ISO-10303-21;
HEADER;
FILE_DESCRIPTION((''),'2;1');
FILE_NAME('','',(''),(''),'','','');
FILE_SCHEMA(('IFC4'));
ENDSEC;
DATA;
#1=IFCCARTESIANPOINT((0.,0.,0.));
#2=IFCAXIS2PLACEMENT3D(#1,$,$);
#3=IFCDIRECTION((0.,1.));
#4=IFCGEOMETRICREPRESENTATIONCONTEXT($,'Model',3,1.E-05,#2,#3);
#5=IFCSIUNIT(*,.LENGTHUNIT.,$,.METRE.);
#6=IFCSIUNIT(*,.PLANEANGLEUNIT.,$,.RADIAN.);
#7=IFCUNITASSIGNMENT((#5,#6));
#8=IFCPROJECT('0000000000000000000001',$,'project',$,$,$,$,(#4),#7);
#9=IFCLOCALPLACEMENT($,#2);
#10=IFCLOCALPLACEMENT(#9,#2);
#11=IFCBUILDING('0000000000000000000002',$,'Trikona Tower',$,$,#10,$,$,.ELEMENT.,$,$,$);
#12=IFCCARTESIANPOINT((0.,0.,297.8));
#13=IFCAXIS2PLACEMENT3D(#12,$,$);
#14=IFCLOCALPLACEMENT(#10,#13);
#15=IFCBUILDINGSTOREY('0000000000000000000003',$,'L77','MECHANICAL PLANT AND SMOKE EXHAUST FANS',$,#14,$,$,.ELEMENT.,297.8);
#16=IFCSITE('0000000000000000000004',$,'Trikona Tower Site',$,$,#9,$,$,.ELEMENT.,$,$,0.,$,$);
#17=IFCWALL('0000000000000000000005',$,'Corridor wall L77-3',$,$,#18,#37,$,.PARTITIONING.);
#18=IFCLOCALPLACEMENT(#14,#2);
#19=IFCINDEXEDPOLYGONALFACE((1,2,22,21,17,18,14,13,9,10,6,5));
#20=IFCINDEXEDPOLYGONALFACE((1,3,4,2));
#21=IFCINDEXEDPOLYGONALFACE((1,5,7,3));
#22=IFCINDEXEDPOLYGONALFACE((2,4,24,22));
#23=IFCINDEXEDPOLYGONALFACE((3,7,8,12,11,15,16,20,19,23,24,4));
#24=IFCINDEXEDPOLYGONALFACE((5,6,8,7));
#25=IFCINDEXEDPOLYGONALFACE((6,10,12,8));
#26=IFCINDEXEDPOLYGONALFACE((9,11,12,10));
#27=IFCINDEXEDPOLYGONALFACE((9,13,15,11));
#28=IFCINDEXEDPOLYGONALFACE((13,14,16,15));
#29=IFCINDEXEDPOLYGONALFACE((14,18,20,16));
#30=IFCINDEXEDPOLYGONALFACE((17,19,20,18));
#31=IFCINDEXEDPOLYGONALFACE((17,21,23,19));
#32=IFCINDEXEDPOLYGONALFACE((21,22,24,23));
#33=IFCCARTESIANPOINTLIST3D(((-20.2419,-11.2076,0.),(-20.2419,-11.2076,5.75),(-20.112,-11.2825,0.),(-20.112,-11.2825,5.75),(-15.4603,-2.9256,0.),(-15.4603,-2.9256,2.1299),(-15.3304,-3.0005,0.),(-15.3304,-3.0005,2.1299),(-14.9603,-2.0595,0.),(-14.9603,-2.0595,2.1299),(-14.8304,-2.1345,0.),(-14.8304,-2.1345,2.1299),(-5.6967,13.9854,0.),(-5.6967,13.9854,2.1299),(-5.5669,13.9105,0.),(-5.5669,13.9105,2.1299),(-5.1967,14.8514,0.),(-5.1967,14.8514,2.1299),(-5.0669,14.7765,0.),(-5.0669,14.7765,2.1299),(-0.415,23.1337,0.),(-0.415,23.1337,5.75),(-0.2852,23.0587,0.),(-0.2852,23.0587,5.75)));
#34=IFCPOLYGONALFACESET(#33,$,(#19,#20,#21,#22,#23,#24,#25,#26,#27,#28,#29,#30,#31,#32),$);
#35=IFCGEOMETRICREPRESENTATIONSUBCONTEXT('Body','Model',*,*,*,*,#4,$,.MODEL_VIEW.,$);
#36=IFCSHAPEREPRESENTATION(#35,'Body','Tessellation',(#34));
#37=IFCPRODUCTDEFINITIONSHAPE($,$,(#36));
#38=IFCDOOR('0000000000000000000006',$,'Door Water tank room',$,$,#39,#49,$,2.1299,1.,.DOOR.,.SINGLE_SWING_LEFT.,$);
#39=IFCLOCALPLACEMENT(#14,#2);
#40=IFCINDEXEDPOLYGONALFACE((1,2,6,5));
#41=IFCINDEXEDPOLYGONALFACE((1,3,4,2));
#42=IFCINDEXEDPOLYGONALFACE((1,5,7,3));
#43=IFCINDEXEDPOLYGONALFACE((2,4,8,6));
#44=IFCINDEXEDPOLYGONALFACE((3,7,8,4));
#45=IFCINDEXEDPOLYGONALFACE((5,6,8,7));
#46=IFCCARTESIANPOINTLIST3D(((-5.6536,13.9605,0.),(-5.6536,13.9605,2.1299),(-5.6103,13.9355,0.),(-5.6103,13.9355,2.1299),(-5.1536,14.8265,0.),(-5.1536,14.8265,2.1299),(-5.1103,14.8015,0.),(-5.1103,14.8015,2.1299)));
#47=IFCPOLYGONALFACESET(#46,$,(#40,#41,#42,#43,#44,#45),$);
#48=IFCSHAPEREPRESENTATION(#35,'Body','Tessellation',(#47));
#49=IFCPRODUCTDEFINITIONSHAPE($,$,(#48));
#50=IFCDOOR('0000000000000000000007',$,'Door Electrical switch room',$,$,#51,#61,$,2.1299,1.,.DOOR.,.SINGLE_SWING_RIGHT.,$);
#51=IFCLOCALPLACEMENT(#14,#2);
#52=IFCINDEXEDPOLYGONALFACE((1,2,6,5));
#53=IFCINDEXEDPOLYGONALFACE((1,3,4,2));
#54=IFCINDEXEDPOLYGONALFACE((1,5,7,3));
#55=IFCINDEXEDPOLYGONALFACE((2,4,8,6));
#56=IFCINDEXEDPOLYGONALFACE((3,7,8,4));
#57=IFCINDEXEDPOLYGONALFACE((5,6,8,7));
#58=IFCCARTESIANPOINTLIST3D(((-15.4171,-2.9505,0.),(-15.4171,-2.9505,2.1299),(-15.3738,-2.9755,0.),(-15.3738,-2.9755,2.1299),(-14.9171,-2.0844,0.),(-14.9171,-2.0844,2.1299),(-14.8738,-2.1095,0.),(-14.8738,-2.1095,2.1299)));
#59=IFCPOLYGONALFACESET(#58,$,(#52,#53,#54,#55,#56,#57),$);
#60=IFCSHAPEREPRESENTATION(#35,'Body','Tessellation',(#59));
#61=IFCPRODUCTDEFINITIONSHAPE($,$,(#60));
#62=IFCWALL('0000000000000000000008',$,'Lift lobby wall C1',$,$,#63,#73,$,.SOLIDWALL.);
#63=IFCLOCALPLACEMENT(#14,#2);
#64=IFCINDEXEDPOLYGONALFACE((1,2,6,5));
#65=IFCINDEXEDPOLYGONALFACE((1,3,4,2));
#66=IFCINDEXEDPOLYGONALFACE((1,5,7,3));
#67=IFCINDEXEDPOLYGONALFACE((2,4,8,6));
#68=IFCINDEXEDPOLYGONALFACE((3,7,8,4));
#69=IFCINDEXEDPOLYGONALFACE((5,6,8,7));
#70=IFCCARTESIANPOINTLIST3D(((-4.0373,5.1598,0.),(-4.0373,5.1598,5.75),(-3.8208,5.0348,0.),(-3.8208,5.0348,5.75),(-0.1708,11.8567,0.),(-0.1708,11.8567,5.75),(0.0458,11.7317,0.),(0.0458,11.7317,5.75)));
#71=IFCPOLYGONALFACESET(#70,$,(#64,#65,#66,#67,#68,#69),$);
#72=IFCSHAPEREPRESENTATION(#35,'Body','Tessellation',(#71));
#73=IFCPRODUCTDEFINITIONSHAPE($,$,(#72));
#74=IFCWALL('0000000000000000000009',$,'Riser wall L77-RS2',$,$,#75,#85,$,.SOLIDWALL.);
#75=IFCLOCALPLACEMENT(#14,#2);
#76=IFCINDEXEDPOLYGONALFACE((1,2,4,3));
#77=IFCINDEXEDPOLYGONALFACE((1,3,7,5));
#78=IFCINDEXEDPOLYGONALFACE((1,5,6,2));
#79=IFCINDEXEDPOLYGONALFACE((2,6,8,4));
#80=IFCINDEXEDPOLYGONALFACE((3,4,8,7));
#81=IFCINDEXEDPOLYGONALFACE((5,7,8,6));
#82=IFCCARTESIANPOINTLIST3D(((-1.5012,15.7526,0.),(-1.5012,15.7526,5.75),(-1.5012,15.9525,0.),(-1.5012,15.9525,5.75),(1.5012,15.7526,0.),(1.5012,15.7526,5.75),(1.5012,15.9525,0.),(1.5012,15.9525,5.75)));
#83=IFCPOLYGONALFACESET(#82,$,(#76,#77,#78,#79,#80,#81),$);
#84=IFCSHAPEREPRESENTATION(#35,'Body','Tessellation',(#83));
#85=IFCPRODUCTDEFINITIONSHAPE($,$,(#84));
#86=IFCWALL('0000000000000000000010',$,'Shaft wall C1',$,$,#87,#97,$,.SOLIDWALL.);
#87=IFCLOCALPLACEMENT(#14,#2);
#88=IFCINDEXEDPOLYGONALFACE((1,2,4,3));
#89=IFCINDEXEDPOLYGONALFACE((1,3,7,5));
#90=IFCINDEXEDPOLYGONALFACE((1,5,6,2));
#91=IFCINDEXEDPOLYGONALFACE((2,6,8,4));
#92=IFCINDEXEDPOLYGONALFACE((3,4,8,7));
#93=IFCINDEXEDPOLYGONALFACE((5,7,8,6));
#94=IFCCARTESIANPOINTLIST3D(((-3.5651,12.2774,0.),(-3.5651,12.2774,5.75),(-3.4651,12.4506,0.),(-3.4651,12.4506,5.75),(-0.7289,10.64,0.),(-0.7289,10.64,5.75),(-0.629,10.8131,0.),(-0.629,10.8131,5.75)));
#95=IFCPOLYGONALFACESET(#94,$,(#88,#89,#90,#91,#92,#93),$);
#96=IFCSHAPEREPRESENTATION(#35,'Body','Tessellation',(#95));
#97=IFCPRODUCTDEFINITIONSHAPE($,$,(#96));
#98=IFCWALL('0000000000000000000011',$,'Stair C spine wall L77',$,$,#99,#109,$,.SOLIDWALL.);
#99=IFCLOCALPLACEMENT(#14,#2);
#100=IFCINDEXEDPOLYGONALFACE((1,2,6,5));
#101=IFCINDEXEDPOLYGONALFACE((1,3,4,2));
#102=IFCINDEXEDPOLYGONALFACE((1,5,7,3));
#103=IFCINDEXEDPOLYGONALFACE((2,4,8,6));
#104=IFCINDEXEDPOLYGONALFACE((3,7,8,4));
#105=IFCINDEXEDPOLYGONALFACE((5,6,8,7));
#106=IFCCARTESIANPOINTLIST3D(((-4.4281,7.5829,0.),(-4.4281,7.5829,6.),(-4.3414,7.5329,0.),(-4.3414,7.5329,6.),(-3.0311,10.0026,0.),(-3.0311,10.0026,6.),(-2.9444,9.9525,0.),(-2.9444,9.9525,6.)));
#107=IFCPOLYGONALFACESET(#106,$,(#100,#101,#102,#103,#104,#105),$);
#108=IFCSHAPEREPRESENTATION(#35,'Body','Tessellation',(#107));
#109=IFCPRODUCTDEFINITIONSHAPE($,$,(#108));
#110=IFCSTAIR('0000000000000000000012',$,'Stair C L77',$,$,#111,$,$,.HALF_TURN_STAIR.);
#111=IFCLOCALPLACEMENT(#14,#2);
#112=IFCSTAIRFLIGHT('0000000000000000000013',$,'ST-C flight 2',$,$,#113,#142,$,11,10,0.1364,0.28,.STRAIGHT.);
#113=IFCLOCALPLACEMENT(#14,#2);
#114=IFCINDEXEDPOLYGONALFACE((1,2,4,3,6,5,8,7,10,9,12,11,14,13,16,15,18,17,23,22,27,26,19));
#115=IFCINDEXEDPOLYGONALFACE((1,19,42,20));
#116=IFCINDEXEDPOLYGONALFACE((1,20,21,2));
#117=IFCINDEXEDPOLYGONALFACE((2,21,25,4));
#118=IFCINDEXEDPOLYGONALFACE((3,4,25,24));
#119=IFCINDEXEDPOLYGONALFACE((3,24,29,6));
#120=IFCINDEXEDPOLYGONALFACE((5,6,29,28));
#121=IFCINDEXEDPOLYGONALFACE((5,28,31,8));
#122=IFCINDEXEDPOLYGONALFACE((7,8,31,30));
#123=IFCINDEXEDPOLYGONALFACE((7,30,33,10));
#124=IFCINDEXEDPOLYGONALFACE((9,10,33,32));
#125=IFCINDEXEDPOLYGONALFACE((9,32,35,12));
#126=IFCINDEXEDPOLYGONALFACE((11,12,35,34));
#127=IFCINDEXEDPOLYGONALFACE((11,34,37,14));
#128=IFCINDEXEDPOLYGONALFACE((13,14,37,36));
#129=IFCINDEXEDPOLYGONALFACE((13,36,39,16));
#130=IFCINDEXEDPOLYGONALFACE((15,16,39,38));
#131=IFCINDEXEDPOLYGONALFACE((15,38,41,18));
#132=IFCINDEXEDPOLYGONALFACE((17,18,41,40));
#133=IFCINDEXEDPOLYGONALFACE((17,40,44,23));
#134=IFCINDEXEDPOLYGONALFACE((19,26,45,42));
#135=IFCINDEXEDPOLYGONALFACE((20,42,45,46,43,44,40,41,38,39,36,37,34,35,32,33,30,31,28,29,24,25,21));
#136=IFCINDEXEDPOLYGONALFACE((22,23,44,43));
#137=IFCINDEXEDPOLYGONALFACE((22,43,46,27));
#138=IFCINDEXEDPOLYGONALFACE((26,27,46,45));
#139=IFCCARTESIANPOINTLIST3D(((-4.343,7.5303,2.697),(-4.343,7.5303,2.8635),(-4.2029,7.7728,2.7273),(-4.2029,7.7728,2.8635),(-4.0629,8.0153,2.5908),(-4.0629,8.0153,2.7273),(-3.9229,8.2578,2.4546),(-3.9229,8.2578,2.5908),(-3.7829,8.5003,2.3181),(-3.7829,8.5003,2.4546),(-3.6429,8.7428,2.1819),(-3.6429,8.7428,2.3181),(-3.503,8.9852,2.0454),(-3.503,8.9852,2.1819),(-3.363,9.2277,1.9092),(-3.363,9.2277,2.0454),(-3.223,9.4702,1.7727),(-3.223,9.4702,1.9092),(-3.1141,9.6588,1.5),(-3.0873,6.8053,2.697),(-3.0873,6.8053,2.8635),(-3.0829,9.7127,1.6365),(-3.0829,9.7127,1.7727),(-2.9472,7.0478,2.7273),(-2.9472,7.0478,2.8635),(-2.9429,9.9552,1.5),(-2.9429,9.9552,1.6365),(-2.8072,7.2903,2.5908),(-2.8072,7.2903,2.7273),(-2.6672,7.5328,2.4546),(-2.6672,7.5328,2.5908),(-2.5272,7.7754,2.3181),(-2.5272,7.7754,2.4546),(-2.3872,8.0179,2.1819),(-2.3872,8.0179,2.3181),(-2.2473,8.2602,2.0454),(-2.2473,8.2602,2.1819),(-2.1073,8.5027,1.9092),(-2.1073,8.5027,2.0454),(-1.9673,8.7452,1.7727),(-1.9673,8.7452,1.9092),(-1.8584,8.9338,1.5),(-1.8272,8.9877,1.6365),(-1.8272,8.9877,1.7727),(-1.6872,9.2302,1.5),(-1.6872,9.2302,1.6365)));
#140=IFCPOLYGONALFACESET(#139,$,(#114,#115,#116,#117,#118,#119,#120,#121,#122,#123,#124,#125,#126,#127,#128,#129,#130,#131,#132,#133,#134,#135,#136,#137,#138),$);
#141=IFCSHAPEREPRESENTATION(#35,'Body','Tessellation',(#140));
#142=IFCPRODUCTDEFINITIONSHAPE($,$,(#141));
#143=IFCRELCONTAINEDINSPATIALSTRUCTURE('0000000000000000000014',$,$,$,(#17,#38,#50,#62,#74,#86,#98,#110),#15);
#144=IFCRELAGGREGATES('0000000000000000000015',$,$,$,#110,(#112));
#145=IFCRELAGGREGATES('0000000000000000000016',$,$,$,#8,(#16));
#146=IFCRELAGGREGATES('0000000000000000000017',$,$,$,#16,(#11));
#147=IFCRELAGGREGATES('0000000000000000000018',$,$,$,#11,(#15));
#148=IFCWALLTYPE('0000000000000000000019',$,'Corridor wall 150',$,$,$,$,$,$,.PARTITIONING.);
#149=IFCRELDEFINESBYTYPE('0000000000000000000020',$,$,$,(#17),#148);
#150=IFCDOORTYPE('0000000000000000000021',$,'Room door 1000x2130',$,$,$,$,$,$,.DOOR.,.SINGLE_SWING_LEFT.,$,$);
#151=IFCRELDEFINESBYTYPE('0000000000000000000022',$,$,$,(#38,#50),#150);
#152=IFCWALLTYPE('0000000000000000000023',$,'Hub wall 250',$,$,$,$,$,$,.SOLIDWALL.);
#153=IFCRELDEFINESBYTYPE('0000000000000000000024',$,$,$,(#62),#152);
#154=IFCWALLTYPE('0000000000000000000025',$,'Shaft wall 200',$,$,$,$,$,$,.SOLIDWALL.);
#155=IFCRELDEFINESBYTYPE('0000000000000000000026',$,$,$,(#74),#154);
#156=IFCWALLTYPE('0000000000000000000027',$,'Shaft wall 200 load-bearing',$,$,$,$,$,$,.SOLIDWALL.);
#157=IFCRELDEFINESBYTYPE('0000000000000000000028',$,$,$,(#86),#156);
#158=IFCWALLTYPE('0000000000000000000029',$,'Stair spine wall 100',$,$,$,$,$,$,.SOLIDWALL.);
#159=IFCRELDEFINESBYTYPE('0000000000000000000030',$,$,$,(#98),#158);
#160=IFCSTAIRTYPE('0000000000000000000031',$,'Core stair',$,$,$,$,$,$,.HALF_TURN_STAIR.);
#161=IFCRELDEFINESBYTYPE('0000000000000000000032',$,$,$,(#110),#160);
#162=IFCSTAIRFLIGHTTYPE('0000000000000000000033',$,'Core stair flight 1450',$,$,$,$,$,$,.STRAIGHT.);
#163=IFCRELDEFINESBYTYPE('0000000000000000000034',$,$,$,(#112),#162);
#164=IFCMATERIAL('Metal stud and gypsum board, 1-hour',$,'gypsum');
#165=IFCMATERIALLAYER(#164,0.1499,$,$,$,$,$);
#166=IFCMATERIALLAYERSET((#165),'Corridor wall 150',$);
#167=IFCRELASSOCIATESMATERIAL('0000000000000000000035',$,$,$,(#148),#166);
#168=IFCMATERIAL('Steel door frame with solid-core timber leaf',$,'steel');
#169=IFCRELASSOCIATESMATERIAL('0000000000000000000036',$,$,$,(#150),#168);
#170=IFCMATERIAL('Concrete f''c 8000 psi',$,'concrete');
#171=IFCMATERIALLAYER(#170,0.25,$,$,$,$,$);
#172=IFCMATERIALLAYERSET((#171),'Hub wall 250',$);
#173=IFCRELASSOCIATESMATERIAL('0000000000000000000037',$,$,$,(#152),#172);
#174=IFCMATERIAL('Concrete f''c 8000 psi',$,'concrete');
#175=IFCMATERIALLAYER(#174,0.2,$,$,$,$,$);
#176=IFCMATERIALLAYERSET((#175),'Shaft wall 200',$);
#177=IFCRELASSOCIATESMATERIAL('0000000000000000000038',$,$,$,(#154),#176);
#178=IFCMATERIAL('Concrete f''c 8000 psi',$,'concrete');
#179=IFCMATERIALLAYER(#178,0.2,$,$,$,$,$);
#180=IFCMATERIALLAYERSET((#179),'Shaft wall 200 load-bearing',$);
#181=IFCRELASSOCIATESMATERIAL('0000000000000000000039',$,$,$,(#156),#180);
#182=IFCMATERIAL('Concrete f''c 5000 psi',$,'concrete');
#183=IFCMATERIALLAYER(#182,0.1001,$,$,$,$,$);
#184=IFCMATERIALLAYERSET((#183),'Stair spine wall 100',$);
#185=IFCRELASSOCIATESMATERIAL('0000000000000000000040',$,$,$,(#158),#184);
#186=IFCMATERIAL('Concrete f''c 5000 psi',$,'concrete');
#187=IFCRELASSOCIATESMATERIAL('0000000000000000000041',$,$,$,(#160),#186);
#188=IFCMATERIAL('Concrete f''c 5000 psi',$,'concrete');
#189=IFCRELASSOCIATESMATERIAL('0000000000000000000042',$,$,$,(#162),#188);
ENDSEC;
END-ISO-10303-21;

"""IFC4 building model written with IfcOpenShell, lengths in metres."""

from ifc_helpers import new_model, si_unit, direction, frame, frame_2d, origin, place, context, subcontext, project, spatial, polyline, rectangle, outline, extrude, material, layer, layer_set, type_object, element, fill, aggregate, save


model = new_model("IFC4")

# Units and contexts
model_context = context("Model", 3, precision=1e-05, world=origin(), true_north=direction((0.0, 1.0)))
body_context = subcontext(model_context, "Body", "Model", "MODEL_VIEW")
ifc_project = project(units=[si_unit("LENGTHUNIT", "METRE"), si_unit("PLANEANGLEUNIT", "RADIAN")], contexts=[model_context])

# Site, building, storey
site_placement = place(None, origin())
site = spatial("IfcSite", under=ifc_project, at=site_placement, Name="Trikona Tower Site", CompositionType="ELEMENT", RefElevation=0.0)
building_placement = place(site_placement, origin())
building = spatial("IfcBuilding", under=site, at=building_placement, Name="Trikona Tower", CompositionType="ELEMENT")
storey_placement = place(building_placement, frame((0.0, 0.0, 297.8)))
storey = spatial("IfcBuildingStorey", under=building, at=storey_placement, Name="L77", Description="MECHANICAL PLANT AND SMOKE EXHAUST FANS", CompositionType="ELEMENT", Elevation=297.8)

# Wall, openings, doors
ifc_material_1 = material(Name="Metal stud and gypsum board, 1-hour", Category="gypsum")
ifc_layer_1 = layer(ifc_material_1, 0.1499)
ifc_layer_set_1 = layer_set([ifc_layer_1], Name="Corridor wall 150")
wall_type_1 = type_object("IfcWallType", Name="Corridor wall 150", PredefinedType="PARTITIONING", material=ifc_layer_set_1)
wall_1_placement = place(storey_placement, frame((-0.3501, 23.0962, 0.0), z_axis=(0.0, 0.0, 1.0), x_axis=(-0.499999, -0.866026, 0.0)))
wall_1 = element("IfcWall", 1, at=wall_1_placement, inside=storey, type_object=wall_type_1, Name="Corridor wall L77-3", PredefinedType="PARTITIONING", context=body_context, shape_type="SweptSolid", body=[
    extrude(rectangle(XDim=39.6538, YDim=0.1499, at=frame_2d((19.8269, 0.0))), origin(), (0.0, 0.0, 1.0), 5.75),
])
opening_1_placement = place(wall_1_placement, frame((9.5635, 0.0, 0.0)))
opening_1 = element("IfcOpeningElement", 2, at=opening_1_placement, cuts=wall_1, PredefinedType="OPENING", context=body_context, shape_type="SweptSolid", body=[
    extrude(rectangle(XDim=1.0, YDim=2.1299, at=frame_2d((0.5, 1.0649))), frame((0.0, 0.085, 0.0), z_axis=(0.0, -1.0, 0.0), x_axis=(1.0, 0.0, 0.0)), (0.0, 0.0, 1.0), 0.1699),
])
opening_2_placement = place(wall_1_placement, frame((29.0906, 0.0, 0.0)))
opening_2 = element("IfcOpeningElement", 3, at=opening_2_placement, cuts=wall_1, PredefinedType="OPENING", context=body_context, shape_type="SweptSolid", body=[
    extrude(rectangle(XDim=1.0, YDim=2.1299, at=frame_2d((0.5, 1.0649))), frame((0.0, 0.085, 0.0), z_axis=(0.0, -1.0, 0.0), x_axis=(1.0, 0.0, 0.0)), (0.0, 0.0, 1.0), 0.1699),
])
ifc_material_2 = material(Name="Steel door frame with solid-core timber leaf", Category="steel")
door_type_1 = type_object("IfcDoorType", Name="Room door 1000x2130", OperationType="SINGLE_SWING_LEFT", PredefinedType="DOOR", material=ifc_material_2)
door_1_placement = place(opening_1_placement, origin())
door_1 = element("IfcDoor", 4, at=door_1_placement, inside=storey, type_object=door_type_1, Name="Door Water tank room", OperationType="SINGLE_SWING_LEFT", OverallHeight=2.1299, OverallWidth=1.0, PredefinedType="DOOR", context=body_context, shape_type="SweptSolid", body=[
    extrude(rectangle(XDim=1.0, YDim=2.1299, at=frame_2d((0.5, 1.0649))), frame((0.0, 0.0249, 0.0), z_axis=(0.0, -1.0, 0.0), x_axis=(1.0, 0.0, 0.0)), (0.0, 0.0, 1.0), 0.05),
])
fill(opening_1, door_1)
door_2_placement = place(opening_2_placement, origin())
door_2 = element("IfcDoor", 5, at=door_2_placement, inside=storey, type_object=door_type_1, Name="Door Electrical switch room", OperationType="SINGLE_SWING_RIGHT", OverallHeight=2.1299, OverallWidth=1.0, PredefinedType="DOOR", context=body_context, shape_type="SweptSolid", body=[
    extrude(rectangle(XDim=1.0, YDim=2.1299, at=frame_2d((0.5, 1.0649))), frame((0.0, 0.0249, 0.0), z_axis=(0.0, -1.0, 0.0), x_axis=(1.0, 0.0, 0.0)), (0.0, 0.0, 1.0), 0.05),
])
fill(opening_2, door_2)

# Walls
ifc_material_3 = material(Name="Concrete f'c 8000 psi", Category="concrete")
ifc_layer_2 = layer(ifc_material_3, 0.25)
ifc_layer_set_2 = layer_set([ifc_layer_2], Name="Hub wall 250")
wall_type_2 = type_object("IfcWallType", Name="Hub wall 250", PredefinedType="SOLIDWALL", material=ifc_layer_set_2)
wall_2_placement = place(storey_placement, frame((-0.0625, 11.7942, 0.0), z_axis=(0.0, 0.0, 1.0), x_axis=(-0.500007, -0.866022, 0.0)))
element("IfcWall", 6, at=wall_2_placement, inside=storey, type_object=wall_type_2, Name="Lift lobby wall C1", PredefinedType="SOLIDWALL", context=body_context, shape_type="SweptSolid", body=[
    extrude(rectangle(XDim=7.7329, YDim=0.25, at=frame_2d((3.8665, 0.0))), origin(), (0.0, 0.0, 1.0), 5.75),
])
ifc_material_4 = material(Name="Concrete f'c 8000 psi", Category="concrete")
ifc_layer_3 = layer(ifc_material_4, 0.2)
ifc_layer_set_3 = layer_set([ifc_layer_3], Name="Shaft wall 200")
wall_type_3 = type_object("IfcWallType", Name="Shaft wall 200", PredefinedType="SOLIDWALL", material=ifc_layer_set_3)
wall_3_placement = place(storey_placement, frame((-1.5012, 15.8525, 0.0), z_axis=(0.0, 0.0, 1.0), x_axis=(1.0, 0.0, 0.0)))
element("IfcWall", 7, at=wall_3_placement, inside=storey, type_object=wall_type_3, Name="Riser wall L77-RS2", PredefinedType="SOLIDWALL", context=body_context, shape_type="SweptSolid", body=[
    extrude(rectangle(XDim=3.0024, YDim=0.2, at=frame_2d((1.5012, 0.0))), origin(), (0.0, 0.0, 1.0), 5.75),
])
ifc_material_5 = material(Name="Concrete f'c 8000 psi", Category="concrete")
ifc_layer_4 = layer(ifc_material_5, 0.2)
ifc_layer_set_4 = layer_set([ifc_layer_4], Name="Shaft wall 200 load-bearing")
wall_type_4 = type_object("IfcWallType", Name="Shaft wall 200 load-bearing", PredefinedType="SOLIDWALL", material=ifc_layer_set_4)
wall_4_placement = place(storey_placement, frame((-0.679, 10.7266, 0.0), z_axis=(0.0, 0.0, 1.0), x_axis=(-0.866028, 0.499996, 0.0)))
element("IfcWall", 8, at=wall_4_placement, inside=storey, type_object=wall_type_4, Name="Shaft wall C1", PredefinedType="SOLIDWALL", context=body_context, shape_type="SweptSolid", body=[
    extrude(rectangle(XDim=3.2749, YDim=0.2, at=frame_2d((1.6375, 0.0))), origin(), (0.0, 0.0, 1.0), 5.75),
])
ifc_material_6 = material(Name="Concrete f'c 5000 psi", Category="concrete")
ifc_layer_5 = layer(ifc_material_6, 0.1001)
ifc_layer_set_5 = layer_set([ifc_layer_5], Name="Stair spine wall 100")
wall_type_5 = type_object("IfcWallType", Name="Stair spine wall 100", PredefinedType="SOLIDWALL", material=ifc_layer_set_5)
wall_5_placement = place(storey_placement, frame((-2.9878, 9.9775, 0.0), z_axis=(0.0, 0.0, 1.0), x_axis=(-0.499992, -0.86603, 0.0)))
element("IfcWall", 9, at=wall_5_placement, inside=storey, type_object=wall_type_5, Name="Stair C spine wall L77", PredefinedType="SOLIDWALL", context=body_context, shape_type="SweptSolid", body=[
    extrude(rectangle(XDim=2.7939, YDim=0.1001, at=frame_2d((1.397, 0.0))), origin(), (0.0, 0.0, 1.0), 6.0),
])

# Stair, stair flight
ifc_material_7 = material(Name="Concrete f'c 5000 psi", Category="concrete")
stair_type = type_object("IfcStairType", Name="Core stair", PredefinedType="HALF_TURN_STAIR", material=ifc_material_7)
stair_placement = place(storey_placement, origin())
stair = element("IfcStair", 10, at=stair_placement, inside=storey, type_object=stair_type, Name="Stair C L77", PredefinedType="HALF_TURN_STAIR")
ifc_material_8 = material(Name="Concrete f'c 5000 psi", Category="concrete")
stair_flight_type = type_object("IfcStairFlightType", Name="Core stair flight 1450", PredefinedType="STRAIGHT", material=ifc_material_8)
stair_flight_1_placement = place(storey_placement, frame((-2.3152, 9.5928, 1.5), z_axis=(0.0, 0.0, 1.0), x_axis=(-0.5, -0.866025, 0.0)))
stair_flight_1 = element("IfcStairFlight", 11, at=stair_flight_1_placement, type_object=stair_flight_type, Name="ST-C flight 2", NumberOfRisers=11, NumberOfTreads=10, PredefinedType="STRAIGHT", RiserHeight=0.1364, TreadLength=0.28, context=body_context, shape_type="SweptSolid", body=[
    extrude(outline(polyline([(0.0, 0.0), (0.0, 0.1365), (0.28, 0.1365), (0.28, 0.2727), (0.5601, 0.2727), (0.5601, 0.4092), (0.8401, 0.4092), (0.8401, 0.5454), (1.1201, 0.5454), (1.1201, 0.6819), (1.3999, 0.6819), (1.3999, 0.8181), (1.6799, 0.8181), (1.6799, 0.9546), (1.96, 0.9546), (1.96, 1.0908), (2.24, 1.0908), (2.24, 1.2273), (2.52, 1.2273), (2.52, 1.3635), (2.8, 1.3635), (2.8, 1.5), (2.8, 1.197), (0.3423, 0.0), (0.0, 0.0)])), frame((0.0, 0.7251, 0.0), z_axis=(0.0, -1.0, 0.0), x_axis=(1.0, 0.0, 0.0)), (0.0, 0.0, 1.0), 1.45),
])
aggregate(stair, [stair_flight_1])

save(model, "model.ifc")
